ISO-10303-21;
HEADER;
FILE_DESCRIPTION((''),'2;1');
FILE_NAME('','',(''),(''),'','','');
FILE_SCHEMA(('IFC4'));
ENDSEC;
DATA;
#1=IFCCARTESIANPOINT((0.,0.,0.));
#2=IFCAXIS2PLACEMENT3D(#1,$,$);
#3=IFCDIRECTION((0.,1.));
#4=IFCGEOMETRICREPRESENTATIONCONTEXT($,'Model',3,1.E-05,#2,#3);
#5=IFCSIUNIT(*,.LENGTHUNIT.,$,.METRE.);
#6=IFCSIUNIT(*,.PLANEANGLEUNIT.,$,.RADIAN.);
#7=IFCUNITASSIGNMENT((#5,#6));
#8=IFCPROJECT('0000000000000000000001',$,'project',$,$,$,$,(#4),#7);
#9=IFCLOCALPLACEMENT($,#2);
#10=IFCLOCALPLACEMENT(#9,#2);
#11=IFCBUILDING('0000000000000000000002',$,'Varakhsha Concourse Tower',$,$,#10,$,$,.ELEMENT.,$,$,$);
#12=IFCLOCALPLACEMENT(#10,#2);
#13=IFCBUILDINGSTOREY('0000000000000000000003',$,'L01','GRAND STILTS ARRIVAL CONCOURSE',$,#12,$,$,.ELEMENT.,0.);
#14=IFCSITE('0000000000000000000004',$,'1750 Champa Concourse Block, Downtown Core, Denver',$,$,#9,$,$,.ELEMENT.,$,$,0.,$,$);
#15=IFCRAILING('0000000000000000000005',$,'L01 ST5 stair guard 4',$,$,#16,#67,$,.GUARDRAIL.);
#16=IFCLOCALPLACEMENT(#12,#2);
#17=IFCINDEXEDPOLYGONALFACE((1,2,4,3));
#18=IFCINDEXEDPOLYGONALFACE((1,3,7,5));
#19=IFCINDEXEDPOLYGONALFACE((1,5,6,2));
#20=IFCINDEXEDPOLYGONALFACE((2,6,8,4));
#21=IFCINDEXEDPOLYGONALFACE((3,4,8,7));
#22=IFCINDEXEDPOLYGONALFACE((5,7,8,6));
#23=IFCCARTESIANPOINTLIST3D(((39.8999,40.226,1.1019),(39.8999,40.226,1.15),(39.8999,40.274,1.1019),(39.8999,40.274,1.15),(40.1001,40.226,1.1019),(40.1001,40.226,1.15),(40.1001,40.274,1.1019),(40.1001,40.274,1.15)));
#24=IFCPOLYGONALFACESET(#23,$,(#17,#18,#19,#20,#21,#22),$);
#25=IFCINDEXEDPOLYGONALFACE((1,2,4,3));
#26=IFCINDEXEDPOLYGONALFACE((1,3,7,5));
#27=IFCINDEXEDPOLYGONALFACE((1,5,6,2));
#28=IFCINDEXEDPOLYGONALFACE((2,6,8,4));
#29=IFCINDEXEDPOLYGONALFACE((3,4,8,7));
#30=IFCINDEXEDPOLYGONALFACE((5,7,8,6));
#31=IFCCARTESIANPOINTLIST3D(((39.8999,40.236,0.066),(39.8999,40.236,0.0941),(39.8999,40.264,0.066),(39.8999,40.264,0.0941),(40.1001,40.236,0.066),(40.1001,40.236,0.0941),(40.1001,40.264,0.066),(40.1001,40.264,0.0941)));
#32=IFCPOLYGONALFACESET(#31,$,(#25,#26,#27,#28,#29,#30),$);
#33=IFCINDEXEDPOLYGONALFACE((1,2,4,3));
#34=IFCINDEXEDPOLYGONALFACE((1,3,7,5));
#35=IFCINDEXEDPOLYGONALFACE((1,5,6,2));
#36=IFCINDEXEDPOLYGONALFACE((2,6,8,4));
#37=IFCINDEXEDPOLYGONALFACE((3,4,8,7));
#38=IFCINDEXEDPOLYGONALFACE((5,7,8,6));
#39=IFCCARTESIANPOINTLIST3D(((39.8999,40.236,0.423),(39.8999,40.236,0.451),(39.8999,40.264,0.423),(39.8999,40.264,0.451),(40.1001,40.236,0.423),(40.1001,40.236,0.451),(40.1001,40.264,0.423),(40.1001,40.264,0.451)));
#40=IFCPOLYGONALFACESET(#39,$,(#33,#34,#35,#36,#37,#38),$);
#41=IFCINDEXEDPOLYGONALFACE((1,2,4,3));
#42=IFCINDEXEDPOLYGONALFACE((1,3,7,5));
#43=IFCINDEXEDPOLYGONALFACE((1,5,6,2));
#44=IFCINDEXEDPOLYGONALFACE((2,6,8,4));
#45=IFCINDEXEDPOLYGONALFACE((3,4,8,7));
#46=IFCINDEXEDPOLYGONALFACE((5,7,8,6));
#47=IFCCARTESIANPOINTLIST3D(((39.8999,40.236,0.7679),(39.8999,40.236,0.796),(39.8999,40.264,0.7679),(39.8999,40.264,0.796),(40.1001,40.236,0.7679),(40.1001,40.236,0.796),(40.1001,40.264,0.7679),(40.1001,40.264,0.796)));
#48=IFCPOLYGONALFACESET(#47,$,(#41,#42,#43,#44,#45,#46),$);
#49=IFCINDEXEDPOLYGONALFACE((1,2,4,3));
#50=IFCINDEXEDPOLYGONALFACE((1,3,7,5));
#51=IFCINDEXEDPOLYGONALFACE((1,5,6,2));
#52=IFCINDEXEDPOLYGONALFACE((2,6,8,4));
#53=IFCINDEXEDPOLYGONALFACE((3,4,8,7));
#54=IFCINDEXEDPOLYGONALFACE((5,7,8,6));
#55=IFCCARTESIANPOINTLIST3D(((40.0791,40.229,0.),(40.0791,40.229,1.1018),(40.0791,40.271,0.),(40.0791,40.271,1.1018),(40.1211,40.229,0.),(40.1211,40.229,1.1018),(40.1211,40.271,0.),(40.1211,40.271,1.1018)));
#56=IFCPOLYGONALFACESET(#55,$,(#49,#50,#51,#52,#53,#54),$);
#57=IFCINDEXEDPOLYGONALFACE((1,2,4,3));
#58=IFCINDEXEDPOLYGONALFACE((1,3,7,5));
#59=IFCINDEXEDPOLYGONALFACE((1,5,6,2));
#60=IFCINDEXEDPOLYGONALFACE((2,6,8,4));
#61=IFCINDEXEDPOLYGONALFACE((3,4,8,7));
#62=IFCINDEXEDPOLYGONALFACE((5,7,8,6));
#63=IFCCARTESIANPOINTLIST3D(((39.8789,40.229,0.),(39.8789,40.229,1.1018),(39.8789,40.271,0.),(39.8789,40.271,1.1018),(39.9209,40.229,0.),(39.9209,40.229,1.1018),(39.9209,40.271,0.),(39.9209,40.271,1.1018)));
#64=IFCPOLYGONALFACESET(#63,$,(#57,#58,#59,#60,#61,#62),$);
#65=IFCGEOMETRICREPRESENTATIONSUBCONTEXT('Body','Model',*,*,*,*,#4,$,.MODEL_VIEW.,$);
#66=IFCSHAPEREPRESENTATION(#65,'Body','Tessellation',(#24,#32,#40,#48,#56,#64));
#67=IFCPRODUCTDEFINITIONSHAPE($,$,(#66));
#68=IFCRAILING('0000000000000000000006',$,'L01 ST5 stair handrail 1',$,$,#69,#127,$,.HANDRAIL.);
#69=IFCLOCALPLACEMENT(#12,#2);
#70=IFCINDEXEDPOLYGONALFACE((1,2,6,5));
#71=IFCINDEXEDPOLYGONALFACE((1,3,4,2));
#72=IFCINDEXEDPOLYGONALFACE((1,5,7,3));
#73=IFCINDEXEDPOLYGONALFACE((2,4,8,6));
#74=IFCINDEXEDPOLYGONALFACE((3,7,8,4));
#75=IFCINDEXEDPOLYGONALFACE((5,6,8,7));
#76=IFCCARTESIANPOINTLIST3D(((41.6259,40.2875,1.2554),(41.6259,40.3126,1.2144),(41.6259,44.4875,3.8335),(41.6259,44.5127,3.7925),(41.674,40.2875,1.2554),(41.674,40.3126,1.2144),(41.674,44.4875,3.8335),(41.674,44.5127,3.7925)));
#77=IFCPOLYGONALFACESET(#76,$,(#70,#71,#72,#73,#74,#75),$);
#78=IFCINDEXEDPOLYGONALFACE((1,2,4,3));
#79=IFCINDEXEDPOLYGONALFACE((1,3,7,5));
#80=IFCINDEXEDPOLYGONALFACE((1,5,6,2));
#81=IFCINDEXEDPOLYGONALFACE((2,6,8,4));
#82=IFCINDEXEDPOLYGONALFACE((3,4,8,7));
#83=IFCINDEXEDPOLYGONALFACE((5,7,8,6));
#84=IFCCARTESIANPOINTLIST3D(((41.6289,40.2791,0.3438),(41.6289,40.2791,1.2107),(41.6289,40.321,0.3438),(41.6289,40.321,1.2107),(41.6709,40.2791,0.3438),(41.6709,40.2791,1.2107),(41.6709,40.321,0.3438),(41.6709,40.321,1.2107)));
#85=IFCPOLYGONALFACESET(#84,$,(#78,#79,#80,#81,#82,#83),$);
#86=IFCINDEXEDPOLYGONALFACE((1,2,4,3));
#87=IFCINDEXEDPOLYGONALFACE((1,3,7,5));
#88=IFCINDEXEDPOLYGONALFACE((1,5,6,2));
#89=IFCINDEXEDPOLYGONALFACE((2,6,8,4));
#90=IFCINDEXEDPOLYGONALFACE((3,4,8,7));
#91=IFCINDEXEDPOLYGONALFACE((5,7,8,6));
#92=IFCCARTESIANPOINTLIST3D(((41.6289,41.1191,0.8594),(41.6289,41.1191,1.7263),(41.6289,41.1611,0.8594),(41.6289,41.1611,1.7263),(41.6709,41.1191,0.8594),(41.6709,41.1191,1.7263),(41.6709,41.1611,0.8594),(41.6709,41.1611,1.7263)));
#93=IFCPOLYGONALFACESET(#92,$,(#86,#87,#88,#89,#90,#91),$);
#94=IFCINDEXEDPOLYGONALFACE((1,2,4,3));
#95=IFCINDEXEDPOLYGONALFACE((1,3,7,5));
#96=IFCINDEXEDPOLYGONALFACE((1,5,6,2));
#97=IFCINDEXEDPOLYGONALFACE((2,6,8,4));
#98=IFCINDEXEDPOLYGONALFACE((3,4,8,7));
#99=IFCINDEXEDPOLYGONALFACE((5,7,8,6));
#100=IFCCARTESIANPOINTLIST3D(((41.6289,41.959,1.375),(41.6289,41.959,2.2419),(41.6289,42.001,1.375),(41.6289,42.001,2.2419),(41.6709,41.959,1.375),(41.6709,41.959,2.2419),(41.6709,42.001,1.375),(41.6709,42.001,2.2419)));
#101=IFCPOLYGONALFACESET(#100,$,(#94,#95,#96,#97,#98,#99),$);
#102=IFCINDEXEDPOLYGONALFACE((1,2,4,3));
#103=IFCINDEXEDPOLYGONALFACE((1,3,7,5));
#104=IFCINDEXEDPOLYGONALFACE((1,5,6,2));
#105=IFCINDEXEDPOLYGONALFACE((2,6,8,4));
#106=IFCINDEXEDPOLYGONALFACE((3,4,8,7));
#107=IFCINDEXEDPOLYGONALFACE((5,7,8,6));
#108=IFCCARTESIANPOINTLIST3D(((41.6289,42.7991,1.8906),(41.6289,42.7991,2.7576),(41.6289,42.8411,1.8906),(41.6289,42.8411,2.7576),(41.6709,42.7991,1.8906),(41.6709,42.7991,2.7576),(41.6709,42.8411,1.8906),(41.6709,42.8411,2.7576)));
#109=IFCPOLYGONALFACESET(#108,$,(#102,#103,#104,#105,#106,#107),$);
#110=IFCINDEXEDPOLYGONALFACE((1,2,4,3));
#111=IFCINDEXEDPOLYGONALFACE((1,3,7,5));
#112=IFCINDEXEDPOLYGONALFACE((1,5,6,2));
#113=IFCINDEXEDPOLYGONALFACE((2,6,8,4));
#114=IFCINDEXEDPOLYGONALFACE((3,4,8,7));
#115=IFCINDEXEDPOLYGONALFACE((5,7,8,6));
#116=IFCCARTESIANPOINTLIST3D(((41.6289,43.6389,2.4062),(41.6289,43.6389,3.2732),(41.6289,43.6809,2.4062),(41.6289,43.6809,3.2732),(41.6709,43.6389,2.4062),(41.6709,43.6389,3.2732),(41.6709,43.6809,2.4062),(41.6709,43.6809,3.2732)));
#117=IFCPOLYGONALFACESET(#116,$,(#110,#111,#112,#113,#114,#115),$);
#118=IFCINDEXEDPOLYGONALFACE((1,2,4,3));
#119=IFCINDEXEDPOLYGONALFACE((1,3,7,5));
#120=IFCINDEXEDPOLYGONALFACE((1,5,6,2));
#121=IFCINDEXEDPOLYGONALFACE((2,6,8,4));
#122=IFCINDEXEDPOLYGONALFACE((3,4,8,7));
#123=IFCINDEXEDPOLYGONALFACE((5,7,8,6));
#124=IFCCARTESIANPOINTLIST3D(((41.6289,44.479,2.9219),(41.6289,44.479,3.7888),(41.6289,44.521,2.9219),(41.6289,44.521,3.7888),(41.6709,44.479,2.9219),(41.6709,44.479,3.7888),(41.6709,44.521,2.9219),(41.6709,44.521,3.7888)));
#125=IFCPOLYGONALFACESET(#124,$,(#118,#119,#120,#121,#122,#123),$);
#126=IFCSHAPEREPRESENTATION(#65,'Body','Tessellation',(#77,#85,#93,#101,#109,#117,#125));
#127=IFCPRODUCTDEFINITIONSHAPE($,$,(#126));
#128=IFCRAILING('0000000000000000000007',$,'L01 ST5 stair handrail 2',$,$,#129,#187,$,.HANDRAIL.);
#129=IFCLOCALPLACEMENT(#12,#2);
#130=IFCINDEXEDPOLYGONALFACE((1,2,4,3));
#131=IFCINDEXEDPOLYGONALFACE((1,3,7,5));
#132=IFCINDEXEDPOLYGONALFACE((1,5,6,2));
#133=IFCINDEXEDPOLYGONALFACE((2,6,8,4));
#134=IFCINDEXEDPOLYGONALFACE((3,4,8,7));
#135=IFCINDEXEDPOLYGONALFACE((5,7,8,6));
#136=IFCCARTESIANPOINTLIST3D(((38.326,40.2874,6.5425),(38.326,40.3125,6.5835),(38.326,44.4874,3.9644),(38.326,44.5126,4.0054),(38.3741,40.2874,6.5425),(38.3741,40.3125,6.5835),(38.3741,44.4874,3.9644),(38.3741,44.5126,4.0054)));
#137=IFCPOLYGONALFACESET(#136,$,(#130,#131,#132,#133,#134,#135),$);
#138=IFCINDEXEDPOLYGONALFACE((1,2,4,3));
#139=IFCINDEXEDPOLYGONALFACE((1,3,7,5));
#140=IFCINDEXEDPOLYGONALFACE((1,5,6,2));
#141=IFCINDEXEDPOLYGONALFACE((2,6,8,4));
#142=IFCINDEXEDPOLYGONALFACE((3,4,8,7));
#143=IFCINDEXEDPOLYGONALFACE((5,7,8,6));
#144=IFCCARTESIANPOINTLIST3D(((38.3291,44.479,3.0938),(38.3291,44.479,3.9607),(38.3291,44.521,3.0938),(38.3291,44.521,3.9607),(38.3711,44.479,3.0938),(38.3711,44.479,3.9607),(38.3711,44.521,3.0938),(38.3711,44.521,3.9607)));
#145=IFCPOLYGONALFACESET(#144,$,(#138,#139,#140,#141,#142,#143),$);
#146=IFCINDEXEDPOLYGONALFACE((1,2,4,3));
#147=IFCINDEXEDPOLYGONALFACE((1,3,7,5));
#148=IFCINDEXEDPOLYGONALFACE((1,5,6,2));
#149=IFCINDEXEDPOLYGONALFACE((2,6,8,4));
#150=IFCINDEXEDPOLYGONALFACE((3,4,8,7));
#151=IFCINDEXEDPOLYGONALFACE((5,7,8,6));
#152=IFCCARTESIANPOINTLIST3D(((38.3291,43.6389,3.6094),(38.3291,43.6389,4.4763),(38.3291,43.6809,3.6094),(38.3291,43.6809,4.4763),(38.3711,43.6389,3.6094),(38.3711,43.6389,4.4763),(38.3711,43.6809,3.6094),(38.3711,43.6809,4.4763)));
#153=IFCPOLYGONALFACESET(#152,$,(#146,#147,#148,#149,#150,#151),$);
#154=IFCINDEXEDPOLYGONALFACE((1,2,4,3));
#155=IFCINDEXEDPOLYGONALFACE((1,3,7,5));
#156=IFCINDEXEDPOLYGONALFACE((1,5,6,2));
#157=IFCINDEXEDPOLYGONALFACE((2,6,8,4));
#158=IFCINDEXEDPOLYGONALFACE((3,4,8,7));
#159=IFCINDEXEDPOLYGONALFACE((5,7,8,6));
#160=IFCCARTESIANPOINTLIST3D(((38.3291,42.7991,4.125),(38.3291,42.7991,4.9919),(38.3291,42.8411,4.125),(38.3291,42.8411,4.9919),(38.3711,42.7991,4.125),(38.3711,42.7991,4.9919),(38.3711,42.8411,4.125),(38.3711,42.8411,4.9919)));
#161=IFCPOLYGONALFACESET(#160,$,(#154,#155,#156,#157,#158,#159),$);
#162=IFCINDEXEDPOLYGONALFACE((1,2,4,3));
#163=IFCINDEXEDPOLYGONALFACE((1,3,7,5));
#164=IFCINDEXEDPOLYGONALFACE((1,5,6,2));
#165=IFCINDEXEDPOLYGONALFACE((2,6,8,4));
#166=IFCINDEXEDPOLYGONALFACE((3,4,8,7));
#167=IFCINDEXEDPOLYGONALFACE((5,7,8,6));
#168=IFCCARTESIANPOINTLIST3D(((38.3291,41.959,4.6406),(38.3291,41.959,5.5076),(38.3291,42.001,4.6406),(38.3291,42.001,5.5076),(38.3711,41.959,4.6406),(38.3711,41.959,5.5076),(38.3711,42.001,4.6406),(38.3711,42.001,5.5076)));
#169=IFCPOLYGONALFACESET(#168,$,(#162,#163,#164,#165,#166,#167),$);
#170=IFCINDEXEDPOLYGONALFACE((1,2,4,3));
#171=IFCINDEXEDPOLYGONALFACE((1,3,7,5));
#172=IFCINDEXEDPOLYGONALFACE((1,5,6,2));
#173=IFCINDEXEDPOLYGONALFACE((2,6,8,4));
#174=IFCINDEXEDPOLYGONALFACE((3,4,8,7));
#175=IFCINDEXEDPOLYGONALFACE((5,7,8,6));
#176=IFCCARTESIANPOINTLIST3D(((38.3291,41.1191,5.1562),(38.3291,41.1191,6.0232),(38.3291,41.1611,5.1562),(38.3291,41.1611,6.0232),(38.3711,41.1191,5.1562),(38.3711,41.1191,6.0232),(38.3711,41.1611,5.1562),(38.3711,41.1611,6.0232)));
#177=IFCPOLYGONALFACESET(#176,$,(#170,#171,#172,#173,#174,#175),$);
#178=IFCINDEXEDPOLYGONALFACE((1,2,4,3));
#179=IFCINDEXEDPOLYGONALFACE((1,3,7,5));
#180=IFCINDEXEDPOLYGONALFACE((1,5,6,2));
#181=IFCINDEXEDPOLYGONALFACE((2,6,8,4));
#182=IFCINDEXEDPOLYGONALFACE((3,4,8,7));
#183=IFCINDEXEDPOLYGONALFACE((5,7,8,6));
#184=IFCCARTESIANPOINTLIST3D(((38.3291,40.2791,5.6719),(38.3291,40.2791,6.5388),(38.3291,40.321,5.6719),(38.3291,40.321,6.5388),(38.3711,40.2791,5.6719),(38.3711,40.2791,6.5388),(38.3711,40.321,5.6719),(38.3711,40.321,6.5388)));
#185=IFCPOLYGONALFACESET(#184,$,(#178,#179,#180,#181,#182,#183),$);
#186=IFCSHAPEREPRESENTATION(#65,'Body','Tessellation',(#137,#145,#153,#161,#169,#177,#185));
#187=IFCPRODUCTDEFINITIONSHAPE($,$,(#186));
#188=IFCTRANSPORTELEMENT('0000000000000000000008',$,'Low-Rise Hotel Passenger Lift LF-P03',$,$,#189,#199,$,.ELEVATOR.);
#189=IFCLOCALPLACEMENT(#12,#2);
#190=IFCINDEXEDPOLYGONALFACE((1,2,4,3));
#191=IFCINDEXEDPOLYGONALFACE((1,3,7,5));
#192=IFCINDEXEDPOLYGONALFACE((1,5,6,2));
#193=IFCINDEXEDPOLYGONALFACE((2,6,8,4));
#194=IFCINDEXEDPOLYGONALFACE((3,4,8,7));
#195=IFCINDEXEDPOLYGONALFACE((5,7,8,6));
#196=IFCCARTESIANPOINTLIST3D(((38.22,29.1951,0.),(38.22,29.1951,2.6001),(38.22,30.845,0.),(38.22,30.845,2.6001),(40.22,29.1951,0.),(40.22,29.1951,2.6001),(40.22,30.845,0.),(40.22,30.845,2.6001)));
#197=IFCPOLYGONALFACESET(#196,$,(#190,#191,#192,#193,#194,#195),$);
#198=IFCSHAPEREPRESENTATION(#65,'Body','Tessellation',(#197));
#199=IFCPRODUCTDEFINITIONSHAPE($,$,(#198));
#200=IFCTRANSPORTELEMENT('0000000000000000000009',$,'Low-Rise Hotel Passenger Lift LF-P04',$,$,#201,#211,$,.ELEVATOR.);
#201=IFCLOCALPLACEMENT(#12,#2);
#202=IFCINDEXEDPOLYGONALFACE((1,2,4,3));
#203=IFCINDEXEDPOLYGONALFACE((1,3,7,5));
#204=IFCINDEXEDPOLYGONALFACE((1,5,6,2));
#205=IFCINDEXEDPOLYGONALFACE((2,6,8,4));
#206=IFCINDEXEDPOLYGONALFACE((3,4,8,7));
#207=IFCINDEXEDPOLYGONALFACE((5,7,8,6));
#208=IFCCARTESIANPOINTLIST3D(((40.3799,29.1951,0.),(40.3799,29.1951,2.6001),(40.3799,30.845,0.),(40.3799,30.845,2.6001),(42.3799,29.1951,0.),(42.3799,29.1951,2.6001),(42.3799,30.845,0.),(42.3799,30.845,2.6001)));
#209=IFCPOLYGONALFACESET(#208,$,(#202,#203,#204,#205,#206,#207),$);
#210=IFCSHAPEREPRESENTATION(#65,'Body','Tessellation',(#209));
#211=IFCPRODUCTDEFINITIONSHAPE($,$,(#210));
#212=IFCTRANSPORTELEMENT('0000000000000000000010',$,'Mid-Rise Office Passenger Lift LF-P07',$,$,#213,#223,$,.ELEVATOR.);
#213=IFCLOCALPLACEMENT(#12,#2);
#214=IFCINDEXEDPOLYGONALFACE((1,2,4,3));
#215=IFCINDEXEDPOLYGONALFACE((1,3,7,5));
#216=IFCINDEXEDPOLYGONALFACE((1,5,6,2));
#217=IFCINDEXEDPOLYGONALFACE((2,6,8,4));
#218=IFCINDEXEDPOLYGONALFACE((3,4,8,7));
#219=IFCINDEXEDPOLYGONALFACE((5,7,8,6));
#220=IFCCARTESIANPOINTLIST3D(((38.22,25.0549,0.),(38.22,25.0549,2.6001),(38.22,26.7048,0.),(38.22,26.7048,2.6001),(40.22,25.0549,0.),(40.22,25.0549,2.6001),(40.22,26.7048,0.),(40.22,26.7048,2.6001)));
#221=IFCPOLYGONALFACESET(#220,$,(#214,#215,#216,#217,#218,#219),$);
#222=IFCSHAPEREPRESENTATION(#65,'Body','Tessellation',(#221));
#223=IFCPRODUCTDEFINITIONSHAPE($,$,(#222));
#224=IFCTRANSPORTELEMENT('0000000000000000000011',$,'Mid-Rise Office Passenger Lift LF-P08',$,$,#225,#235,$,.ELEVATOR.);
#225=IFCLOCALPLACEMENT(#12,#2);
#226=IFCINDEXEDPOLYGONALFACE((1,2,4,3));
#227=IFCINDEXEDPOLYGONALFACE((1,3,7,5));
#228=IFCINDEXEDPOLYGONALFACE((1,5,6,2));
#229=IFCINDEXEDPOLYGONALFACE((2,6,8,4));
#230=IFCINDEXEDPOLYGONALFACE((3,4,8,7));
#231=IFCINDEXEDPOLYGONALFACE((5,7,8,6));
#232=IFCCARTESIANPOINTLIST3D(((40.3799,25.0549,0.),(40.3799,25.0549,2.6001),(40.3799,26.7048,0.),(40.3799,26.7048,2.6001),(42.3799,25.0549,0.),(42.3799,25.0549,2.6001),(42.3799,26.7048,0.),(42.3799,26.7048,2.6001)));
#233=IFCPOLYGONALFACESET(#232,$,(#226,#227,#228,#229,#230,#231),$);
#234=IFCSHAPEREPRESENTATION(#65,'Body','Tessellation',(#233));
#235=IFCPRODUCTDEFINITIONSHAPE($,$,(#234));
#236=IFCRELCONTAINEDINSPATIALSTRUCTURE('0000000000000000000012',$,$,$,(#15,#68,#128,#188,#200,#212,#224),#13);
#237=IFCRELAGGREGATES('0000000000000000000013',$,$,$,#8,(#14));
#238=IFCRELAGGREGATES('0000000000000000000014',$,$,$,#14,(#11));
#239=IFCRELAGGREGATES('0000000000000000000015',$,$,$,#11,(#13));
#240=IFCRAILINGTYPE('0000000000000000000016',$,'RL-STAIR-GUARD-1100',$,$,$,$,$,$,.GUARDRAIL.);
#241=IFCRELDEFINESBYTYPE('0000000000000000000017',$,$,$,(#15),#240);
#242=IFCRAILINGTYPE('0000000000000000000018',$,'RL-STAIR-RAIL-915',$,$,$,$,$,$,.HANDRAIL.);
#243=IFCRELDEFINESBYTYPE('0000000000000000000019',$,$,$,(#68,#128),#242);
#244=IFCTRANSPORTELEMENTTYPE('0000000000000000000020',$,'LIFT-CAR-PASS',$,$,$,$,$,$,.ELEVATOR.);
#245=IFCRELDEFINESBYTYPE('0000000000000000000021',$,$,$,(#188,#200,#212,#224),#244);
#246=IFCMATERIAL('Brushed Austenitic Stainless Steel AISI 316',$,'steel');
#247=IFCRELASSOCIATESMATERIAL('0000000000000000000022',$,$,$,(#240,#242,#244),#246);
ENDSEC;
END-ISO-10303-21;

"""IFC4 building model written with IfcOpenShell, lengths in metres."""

from ifc_helpers import new_model, si_unit, direction, frame, origin, origin_2d, place, context, subcontext, project, spatial, rectangle, extrude, material, type_object, element, save


model = new_model("IFC4")

# Units and contexts
model_context = context("Model", 3, precision=1e-05, world=origin(), true_north=direction((0.0, 1.0)))
body_context = subcontext(model_context, "Body", "Model", "MODEL_VIEW")
ifc_project = project(units=[si_unit("LENGTHUNIT", "METRE"), si_unit("PLANEANGLEUNIT", "RADIAN")], contexts=[model_context])

# Site, building, storey
site_placement = place(None, origin())
site = spatial("IfcSite", under=ifc_project, at=site_placement, Name="1750 Champa Concourse Block, Downtown Core, Denver", CompositionType="ELEMENT", RefElevation=0.0)
building_placement = place(site_placement, origin())
building = spatial("IfcBuilding", under=site, at=building_placement, Name="Varakhsha Concourse Tower", CompositionType="ELEMENT")
storey_placement = place(building_placement, origin())
storey = spatial("IfcBuildingStorey", under=building, at=storey_placement, Name="L01", Description="GRAND STILTS ARRIVAL CONCOURSE", CompositionType="ELEMENT", Elevation=0.0)

# Railings
ifc_material_1 = material(Name="Brushed Austenitic Stainless Steel AISI 316", Category="steel")
railing_type_1 = type_object("IfcRailingType", Name="RL-STAIR-GUARD-1100", PredefinedType="GUARDRAIL", material=ifc_material_1)
railing_1_placement = place(storey_placement, frame((40.1001, 40.25, 0.0)))
element("IfcRailing", 1, at=railing_1_placement, inside=storey, type_object=railing_type_1, Name="L01 ST5 stair guard 4", PredefinedType="GUARDRAIL", context=body_context, shape_type="SweptSolid", body=[
    extrude(rectangle(XDim=0.0481, YDim=0.0481, at=origin_2d()), frame((0.0, 0.0, 1.126), z_axis=(-1.0, 0.0, 0.0), x_axis=(0.0, -1.0, 0.0)), (0.0, 0.0, 1.0), 0.2002),
    extrude(rectangle(XDim=0.0281, YDim=0.0281, at=origin_2d()), frame((0.0, 0.0, 0.0801), z_axis=(-1.0, 0.0, 0.0), x_axis=(0.0, -1.0, 0.0)), (0.0, 0.0, 1.0), 0.2002),
    extrude(rectangle(XDim=0.0281, YDim=0.0281, at=origin_2d()), frame((0.0, 0.0, 0.437), z_axis=(-1.0, 0.0, 0.0), x_axis=(0.0, -1.0, 0.0)), (0.0, 0.0, 1.0), 0.2002),
    extrude(rectangle(XDim=0.0281, YDim=0.0281, at=origin_2d()), frame((0.0, 0.0, 0.782), z_axis=(-1.0, 0.0, 0.0), x_axis=(0.0, -1.0, 0.0)), (0.0, 0.0, 1.0), 0.2002),
    extrude(rectangle(XDim=0.042, YDim=0.042, at=origin_2d()), origin(), (0.0, 0.0, 1.0), 1.1018),
    extrude(rectangle(XDim=0.042, YDim=0.042, at=origin_2d()), frame((-0.2002, 0.0, 0.0)), (0.0, 0.0, 1.0), 1.1018),
])
railing_type_2 = type_object("IfcRailingType", Name="RL-STAIR-RAIL-915", PredefinedType="HANDRAIL", material=ifc_material_1)
railing_2_placement = place(storey_placement, frame((41.6499, 40.3, 0.3438)))
element("IfcRailing", 2, at=railing_2_placement, inside=storey, type_object=railing_type_2, Name="L01 ST5 stair handrail 1", PredefinedType="HANDRAIL", context=body_context, shape_type="SweptSolid", body=[
    extrude(rectangle(XDim=0.0481, YDim=0.0481, at=origin_2d()), frame((0.0, 0.0, 0.8911), z_axis=(0.0, 0.852243, 0.523146), x_axis=(-1.0, 0.0, 0.0)), (0.0, 0.0, 1.0), 4.9282),
    extrude(rectangle(XDim=0.042, YDim=0.042, at=origin_2d()), origin(), (0.0, 0.0, 1.0), 0.8669),
    extrude(rectangle(XDim=0.042, YDim=0.042, at=origin_2d()), frame((0.0, 0.8401, 0.5156)), (0.0, 0.0, 1.0), 0.8669),
    extrude(rectangle(XDim=0.042, YDim=0.042, at=origin_2d()), frame((0.0, 1.6799, 1.0312)), (0.0, 0.0, 1.0), 0.8669),
    extrude(rectangle(XDim=0.042, YDim=0.042, at=origin_2d()), frame((0.0, 2.52, 1.5469)), (0.0, 0.0, 1.0), 0.8669),
    extrude(rectangle(XDim=0.042, YDim=0.042, at=origin_2d()), frame((0.0, 3.3599, 2.0625)), (0.0, 0.0, 1.0), 0.8669),
    extrude(rectangle(XDim=0.042, YDim=0.042, at=origin_2d()), frame((0.0, 4.2, 2.5781)), (0.0, 0.0, 1.0), 0.8669),
])
railing_3_placement = place(storey_placement, frame((38.3501, 44.5, 3.0938)))
element("IfcRailing", 3, at=railing_3_placement, inside=storey, type_object=railing_type_2, Name="L01 ST5 stair handrail 2", PredefinedType="HANDRAIL", context=body_context, shape_type="SweptSolid", body=[
    extrude(rectangle(XDim=0.0481, YDim=0.0481, at=origin_2d()), frame((0.0, 0.0, 0.8911), z_axis=(0.0, -0.852243, 0.523146), x_axis=(1.0, 0.0, 0.0)), (0.0, 0.0, 1.0), 4.9282),
    extrude(rectangle(XDim=0.042, YDim=0.042, at=origin_2d()), origin(), (0.0, 0.0, 1.0), 0.8669),
    extrude(rectangle(XDim=0.042, YDim=0.042, at=origin_2d()), frame((0.0, -0.8401, 0.5156)), (0.0, 0.0, 1.0), 0.8669),
    extrude(rectangle(XDim=0.042, YDim=0.042, at=origin_2d()), frame((0.0, -1.6799, 1.0312)), (0.0, 0.0, 1.0), 0.8669),
    extrude(rectangle(XDim=0.042, YDim=0.042, at=origin_2d()), frame((0.0, -2.52, 1.5469)), (0.0, 0.0, 1.0), 0.8669),
    extrude(rectangle(XDim=0.042, YDim=0.042, at=origin_2d()), frame((0.0, -3.3599, 2.0625)), (0.0, 0.0, 1.0), 0.8669),
    extrude(rectangle(XDim=0.042, YDim=0.042, at=origin_2d()), frame((0.0, -4.2, 2.5781)), (0.0, 0.0, 1.0), 0.8669),
])

# Transport elements
transport_element_type = type_object("IfcTransportElementType", Name="LIFT-CAR-PASS", PredefinedType="ELEVATOR", material=ifc_material_1)
for number, where, z_axis, x_axis, name in (
    (4, (39.22, 30.02, 0.0), (0.0, 0.0, 1.0), (1.0, 0.0, 0.0), "Low-Rise Hotel Passenger Lift LF-P03"),
    (5, (41.3799, 30.02, 0.0), (0.0, 0.0, 1.0), (1.0, 0.0, 0.0), "Low-Rise Hotel Passenger Lift LF-P04"),
    (6, (39.22, 25.8799, 0.0), (0.0, 0.0, 1.0), (1.0, 0.0, 0.0), "Mid-Rise Office Passenger Lift LF-P07"),
    (7, (41.3799, 25.8799, 0.0), (0.0, 0.0, 1.0), (1.0, 0.0, 0.0), "Mid-Rise Office Passenger Lift LF-P08"),
):
    element("IfcTransportElement", number, at=place(storey_placement, frame(where, z_axis=z_axis, x_axis=x_axis)), inside=storey, type_object=transport_element_type, Name=name, PredefinedType="ELEVATOR", context=body_context, shape_type="SweptSolid", body=[
        extrude(rectangle(XDim=2.0, YDim=1.6499, at=origin_2d()), origin(), (0.0, 0.0, 1.0), 2.6001),
    ])

save(model, "model.ifc")
